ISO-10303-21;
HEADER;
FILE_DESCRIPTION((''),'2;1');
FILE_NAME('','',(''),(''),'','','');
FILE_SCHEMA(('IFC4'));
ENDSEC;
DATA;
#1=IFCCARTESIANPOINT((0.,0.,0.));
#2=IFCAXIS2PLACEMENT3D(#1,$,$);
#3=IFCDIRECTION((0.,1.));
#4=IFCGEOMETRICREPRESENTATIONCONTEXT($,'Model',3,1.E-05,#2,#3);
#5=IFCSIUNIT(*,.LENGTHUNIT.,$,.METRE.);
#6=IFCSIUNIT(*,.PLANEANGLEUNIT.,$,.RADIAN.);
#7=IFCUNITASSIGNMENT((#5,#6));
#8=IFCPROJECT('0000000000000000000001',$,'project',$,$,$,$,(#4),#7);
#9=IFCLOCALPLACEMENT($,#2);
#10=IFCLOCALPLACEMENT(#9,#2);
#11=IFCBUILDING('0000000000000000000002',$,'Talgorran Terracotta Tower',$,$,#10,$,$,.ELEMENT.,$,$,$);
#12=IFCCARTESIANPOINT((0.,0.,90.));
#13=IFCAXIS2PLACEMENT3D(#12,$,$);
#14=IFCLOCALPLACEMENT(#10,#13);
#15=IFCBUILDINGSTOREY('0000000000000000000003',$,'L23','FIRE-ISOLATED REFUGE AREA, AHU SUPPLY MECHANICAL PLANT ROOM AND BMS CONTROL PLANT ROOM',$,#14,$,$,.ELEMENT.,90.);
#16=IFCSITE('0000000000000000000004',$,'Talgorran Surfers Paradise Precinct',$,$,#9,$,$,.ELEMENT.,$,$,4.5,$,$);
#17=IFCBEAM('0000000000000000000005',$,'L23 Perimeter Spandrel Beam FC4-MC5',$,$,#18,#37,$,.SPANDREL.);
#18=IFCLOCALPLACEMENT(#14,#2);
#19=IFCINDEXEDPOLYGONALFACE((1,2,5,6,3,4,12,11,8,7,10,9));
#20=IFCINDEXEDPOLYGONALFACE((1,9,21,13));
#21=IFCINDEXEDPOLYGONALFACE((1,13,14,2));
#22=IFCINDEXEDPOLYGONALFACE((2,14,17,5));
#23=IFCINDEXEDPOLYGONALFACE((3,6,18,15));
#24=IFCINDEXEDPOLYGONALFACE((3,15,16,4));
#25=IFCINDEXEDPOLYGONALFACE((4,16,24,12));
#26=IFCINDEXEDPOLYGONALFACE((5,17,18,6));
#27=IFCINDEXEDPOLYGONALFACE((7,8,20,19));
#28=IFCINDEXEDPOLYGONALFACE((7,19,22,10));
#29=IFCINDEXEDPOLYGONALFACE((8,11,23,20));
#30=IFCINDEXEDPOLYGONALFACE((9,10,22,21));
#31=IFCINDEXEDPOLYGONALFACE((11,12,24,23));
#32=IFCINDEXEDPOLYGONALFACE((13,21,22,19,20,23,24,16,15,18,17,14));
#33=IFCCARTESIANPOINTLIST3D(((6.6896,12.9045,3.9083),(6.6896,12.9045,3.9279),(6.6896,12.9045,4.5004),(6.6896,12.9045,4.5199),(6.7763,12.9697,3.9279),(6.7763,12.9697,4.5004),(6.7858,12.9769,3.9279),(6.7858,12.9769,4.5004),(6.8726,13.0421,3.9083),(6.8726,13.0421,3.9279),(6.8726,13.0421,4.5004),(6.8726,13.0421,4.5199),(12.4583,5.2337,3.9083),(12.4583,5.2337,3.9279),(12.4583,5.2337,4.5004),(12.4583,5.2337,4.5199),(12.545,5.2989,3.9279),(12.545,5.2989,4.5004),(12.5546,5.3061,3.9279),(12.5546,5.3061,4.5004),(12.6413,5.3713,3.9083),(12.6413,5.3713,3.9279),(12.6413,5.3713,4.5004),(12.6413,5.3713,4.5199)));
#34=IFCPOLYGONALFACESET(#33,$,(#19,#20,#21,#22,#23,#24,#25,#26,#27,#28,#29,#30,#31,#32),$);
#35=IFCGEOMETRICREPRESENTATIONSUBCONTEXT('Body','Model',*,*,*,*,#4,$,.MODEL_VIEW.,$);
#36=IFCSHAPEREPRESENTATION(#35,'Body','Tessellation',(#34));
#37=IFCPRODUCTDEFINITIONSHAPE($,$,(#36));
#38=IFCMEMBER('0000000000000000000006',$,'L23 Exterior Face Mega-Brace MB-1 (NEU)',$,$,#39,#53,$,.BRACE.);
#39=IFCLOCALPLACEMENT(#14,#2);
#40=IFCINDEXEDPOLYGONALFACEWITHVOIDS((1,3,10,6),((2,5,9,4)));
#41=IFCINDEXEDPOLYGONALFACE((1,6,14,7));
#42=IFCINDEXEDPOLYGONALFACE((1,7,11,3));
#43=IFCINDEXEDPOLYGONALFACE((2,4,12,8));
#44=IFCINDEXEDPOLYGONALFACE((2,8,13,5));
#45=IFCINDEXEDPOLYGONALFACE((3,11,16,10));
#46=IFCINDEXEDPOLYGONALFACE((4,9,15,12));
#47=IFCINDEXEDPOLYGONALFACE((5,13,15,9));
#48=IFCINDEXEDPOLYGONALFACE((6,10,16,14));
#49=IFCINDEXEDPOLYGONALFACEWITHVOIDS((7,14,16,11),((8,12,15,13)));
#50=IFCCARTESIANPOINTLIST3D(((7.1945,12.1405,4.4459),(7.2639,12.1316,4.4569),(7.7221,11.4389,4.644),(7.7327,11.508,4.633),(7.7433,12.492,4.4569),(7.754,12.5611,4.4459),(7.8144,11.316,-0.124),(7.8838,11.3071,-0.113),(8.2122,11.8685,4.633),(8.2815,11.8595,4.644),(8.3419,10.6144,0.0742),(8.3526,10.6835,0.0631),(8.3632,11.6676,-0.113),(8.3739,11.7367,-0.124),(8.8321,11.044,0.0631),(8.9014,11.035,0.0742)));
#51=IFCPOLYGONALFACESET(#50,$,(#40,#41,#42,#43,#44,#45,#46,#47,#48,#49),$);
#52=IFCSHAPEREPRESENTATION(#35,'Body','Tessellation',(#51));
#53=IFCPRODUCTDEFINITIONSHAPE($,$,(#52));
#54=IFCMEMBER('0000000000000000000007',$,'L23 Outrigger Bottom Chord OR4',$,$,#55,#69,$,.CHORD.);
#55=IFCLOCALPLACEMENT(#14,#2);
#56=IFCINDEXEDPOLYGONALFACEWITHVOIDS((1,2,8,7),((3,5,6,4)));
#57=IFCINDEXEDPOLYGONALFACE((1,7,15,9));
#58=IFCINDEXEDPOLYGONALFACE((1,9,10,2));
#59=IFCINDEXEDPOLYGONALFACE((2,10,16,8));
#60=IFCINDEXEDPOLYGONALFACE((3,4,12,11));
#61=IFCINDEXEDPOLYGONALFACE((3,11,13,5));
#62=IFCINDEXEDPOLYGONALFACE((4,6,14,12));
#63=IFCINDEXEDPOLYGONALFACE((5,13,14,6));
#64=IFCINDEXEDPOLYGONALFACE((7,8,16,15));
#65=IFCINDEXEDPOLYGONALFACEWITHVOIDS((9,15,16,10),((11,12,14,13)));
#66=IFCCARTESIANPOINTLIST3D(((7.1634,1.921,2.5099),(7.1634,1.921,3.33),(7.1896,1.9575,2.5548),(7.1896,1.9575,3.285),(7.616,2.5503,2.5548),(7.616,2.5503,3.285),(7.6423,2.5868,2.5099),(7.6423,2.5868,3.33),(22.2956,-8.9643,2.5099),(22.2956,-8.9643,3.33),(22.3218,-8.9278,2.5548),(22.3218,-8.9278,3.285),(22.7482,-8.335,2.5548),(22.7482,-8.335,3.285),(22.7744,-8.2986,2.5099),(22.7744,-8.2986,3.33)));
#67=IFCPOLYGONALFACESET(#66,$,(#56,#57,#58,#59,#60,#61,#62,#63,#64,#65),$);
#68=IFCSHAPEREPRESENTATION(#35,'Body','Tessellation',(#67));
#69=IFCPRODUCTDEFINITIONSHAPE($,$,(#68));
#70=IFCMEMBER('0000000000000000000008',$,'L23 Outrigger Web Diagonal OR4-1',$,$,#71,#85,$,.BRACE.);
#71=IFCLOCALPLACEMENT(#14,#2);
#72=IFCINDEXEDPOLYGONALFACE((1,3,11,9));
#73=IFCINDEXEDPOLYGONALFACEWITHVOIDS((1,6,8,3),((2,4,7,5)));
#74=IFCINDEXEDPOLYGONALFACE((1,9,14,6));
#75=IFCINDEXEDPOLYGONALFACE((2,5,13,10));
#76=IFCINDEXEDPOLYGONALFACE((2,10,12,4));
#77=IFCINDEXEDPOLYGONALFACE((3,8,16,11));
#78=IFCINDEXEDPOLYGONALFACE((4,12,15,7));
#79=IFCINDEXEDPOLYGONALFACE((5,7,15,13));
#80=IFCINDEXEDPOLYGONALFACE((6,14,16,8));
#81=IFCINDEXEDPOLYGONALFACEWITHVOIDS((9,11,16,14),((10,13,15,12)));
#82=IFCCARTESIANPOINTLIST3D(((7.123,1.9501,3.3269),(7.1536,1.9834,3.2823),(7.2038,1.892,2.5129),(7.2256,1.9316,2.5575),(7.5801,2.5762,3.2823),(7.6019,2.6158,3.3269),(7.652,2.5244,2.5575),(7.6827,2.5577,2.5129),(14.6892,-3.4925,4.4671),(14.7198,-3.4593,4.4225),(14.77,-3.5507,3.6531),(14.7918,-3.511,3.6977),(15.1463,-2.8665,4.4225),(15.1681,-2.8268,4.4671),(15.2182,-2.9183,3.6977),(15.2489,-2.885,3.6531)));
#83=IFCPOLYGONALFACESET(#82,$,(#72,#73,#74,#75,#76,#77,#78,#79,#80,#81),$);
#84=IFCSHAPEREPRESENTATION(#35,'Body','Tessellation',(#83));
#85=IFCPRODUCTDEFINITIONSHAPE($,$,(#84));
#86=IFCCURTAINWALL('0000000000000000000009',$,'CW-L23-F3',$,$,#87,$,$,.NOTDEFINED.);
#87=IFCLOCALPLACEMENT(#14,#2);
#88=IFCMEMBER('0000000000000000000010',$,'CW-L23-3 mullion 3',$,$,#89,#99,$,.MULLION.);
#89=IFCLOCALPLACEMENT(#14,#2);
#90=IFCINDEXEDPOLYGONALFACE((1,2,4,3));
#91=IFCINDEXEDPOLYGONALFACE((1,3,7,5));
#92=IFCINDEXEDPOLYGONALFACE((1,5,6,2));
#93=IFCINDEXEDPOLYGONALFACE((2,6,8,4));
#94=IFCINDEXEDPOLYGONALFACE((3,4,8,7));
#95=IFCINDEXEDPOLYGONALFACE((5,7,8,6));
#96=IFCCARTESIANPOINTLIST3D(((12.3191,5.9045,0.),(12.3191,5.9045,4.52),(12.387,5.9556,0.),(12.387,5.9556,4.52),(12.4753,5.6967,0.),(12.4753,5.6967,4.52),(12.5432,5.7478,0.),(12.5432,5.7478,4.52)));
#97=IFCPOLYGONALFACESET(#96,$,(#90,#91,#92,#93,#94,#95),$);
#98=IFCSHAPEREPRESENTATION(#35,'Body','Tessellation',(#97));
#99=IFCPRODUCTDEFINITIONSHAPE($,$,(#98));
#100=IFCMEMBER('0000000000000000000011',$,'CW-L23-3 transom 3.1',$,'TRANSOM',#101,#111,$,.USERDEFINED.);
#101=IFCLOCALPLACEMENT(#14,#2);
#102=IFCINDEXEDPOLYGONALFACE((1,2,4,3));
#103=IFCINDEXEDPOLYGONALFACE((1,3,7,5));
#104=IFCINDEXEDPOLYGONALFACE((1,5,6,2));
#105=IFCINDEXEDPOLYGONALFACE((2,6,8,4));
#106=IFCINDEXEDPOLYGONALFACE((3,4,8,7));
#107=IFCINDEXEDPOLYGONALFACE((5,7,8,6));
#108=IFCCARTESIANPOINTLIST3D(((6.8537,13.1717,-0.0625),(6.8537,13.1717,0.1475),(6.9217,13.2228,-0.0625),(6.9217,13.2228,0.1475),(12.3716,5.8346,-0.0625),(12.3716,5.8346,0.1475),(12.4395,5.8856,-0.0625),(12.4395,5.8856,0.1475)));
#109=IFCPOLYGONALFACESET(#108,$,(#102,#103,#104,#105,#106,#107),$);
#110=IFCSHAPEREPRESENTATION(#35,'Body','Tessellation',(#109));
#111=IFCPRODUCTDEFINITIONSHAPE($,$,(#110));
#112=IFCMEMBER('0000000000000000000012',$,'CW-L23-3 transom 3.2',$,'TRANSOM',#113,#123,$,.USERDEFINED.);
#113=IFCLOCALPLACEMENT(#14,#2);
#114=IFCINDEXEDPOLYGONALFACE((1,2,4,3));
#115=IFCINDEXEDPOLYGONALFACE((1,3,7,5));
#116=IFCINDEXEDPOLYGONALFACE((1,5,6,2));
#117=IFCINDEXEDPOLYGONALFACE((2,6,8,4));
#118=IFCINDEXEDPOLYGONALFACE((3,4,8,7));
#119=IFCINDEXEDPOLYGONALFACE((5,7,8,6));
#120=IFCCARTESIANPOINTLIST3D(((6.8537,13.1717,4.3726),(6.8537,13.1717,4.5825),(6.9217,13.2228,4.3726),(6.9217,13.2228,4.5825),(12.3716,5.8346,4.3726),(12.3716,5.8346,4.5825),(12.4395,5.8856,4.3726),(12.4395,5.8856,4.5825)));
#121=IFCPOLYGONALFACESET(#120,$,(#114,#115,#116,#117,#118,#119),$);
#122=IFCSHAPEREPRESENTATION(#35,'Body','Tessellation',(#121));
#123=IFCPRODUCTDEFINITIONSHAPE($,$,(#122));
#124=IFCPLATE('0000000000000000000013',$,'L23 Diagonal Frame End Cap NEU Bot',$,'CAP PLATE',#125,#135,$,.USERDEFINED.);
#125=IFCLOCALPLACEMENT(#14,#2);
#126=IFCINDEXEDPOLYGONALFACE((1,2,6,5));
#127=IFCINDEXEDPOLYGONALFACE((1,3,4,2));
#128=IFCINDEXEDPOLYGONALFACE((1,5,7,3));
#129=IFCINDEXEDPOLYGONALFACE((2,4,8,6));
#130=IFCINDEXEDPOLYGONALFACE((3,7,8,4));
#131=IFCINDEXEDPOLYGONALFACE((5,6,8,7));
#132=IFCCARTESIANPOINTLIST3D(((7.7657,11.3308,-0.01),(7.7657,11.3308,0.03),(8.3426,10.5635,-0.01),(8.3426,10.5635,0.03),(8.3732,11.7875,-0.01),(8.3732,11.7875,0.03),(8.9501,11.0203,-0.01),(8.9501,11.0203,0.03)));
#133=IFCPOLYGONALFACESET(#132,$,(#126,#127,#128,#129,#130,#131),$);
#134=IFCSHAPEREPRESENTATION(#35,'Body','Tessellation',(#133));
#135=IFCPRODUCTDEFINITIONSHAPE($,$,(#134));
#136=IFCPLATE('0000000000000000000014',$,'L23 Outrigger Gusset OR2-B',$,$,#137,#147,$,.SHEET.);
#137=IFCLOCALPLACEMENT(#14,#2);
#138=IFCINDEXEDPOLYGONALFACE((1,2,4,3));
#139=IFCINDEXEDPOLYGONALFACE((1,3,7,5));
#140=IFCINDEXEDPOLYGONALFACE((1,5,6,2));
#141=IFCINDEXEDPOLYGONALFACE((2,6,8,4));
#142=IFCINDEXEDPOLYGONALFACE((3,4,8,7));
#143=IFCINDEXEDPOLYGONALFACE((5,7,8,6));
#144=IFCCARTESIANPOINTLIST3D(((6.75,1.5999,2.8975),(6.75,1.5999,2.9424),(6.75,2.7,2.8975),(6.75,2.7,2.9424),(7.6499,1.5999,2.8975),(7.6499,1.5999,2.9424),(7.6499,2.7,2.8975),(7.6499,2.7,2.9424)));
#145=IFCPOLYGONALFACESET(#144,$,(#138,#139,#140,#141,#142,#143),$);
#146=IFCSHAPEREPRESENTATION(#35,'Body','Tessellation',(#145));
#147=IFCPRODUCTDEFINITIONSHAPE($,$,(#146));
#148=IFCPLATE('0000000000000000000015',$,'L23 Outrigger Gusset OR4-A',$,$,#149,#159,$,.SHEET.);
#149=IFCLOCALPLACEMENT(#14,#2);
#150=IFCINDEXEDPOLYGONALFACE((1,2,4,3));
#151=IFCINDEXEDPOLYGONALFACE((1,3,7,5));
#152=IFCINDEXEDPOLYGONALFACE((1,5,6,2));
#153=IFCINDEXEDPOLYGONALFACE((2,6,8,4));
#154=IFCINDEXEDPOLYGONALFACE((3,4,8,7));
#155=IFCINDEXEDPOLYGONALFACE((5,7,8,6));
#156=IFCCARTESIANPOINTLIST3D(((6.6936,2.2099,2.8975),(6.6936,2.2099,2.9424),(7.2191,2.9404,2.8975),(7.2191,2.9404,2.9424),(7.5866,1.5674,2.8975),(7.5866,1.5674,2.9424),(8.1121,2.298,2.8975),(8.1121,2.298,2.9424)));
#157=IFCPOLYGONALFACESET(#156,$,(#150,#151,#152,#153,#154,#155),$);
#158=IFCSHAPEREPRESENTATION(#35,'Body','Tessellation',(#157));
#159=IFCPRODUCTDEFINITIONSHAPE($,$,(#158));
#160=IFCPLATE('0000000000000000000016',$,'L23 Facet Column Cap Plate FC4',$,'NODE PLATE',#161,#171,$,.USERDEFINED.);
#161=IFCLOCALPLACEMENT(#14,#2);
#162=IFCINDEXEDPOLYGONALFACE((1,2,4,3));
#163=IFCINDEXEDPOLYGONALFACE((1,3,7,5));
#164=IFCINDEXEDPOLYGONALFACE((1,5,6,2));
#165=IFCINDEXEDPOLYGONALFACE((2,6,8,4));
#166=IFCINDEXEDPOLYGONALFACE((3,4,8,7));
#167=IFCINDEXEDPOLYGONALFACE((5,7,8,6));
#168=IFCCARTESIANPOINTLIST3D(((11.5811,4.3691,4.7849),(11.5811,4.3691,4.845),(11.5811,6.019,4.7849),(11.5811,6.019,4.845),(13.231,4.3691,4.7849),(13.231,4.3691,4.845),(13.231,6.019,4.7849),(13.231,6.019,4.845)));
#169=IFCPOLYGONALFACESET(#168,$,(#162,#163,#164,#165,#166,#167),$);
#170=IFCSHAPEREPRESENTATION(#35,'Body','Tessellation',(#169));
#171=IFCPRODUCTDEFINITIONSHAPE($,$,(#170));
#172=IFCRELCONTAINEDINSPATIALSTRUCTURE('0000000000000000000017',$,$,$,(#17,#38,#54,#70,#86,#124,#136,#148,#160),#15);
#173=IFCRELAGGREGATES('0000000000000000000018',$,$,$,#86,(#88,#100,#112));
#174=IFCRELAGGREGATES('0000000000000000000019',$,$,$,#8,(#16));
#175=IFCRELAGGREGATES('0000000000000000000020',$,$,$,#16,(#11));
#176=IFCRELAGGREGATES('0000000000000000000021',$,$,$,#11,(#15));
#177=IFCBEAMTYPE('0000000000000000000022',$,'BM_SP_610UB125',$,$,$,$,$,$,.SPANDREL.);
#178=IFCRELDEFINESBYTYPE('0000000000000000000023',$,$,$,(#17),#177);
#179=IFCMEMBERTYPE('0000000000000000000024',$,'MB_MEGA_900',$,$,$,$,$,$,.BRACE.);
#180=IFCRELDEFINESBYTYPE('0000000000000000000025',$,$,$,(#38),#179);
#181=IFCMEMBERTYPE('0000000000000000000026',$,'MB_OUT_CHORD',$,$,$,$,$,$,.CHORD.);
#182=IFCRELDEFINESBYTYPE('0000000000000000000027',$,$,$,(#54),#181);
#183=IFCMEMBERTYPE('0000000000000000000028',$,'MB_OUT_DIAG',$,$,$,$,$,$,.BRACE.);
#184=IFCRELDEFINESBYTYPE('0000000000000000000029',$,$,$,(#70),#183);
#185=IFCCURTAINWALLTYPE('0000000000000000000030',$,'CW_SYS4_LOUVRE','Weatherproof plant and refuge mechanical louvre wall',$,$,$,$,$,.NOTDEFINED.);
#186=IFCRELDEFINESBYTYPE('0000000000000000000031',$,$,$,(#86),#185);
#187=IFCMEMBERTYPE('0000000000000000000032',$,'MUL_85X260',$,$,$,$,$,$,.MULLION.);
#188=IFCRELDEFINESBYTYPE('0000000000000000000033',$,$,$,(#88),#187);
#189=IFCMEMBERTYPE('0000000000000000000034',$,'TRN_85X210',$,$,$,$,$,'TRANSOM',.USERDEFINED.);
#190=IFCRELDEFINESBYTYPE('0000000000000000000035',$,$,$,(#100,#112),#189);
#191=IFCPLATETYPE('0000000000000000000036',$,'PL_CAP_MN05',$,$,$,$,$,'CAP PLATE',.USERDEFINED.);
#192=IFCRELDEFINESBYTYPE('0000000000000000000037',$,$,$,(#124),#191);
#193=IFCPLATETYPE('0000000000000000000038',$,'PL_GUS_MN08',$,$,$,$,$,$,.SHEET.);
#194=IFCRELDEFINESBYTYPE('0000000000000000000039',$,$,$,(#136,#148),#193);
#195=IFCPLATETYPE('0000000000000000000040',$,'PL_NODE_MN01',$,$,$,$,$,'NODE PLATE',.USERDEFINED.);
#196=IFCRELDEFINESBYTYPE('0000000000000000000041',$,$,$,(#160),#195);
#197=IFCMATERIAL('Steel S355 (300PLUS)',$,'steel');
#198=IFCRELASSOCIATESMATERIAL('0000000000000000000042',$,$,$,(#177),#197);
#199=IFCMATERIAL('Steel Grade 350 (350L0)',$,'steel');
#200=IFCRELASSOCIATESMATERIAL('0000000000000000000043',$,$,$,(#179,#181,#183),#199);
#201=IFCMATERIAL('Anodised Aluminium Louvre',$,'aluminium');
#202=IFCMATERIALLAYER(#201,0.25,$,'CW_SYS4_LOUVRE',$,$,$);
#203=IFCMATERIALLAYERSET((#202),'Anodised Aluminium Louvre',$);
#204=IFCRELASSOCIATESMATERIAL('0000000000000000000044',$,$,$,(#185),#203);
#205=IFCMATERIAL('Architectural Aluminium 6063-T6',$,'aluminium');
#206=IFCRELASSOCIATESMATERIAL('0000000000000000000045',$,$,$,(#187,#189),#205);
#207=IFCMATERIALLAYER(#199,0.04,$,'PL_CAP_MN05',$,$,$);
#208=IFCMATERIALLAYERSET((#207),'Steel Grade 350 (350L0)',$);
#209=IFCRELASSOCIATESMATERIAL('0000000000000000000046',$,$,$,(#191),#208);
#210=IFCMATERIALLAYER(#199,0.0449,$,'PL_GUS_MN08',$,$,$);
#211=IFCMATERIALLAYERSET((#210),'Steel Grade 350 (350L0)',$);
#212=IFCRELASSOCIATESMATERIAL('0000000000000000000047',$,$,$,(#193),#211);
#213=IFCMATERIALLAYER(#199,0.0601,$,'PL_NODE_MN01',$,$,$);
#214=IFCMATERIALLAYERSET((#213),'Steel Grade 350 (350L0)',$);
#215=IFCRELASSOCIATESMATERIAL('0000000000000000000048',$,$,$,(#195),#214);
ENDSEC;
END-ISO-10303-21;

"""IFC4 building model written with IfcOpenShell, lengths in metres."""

from ifc_helpers import new_model, si_unit, direction, frame, origin, origin_2d, place, context, subcontext, project, spatial, rectangle, hollow_rectangle, i_section, extrude, material, layer, layer_set, material_profile, profile_set, type_object, element, aggregate, save


model = new_model("IFC4")

# Units and contexts
model_context = context("Model", 3, precision=1e-05, world=origin(), true_north=direction((0.0, 1.0)))
body_context = subcontext(model_context, "Body", "Model", "MODEL_VIEW")
ifc_project = project(units=[si_unit("LENGTHUNIT", "METRE"), si_unit("PLANEANGLEUNIT", "RADIAN")], contexts=[model_context])

# Site, building, storey
site_placement = place(None, origin())
site = spatial("IfcSite", under=ifc_project, at=site_placement, Name="Talgorran Surfers Paradise Precinct", CompositionType="ELEMENT", RefElevation=4.5)
building_placement = place(site_placement, origin())
building = spatial("IfcBuilding", under=site, at=building_placement, Name="Talgorran Terracotta Tower", CompositionType="ELEMENT")
storey_placement = place(building_placement, frame((0.0, 0.0, 90.0)))
storey = spatial("IfcBuildingStorey", under=building, at=storey_placement, Name="L23", Description="FIRE-ISOLATED REFUGE AREA, AHU SUPPLY MECHANICAL PLANT ROOM AND BMS CONTROL PLANT ROOM", CompositionType="ELEMENT", Elevation=90.0)

# Shared definitions
ifc_material_1 = material(Name="Steel S355 (300PLUS)", Category="steel")
ifc_material_2 = material(Name="Steel Grade 350 (350L0)", Category="steel")

# Beam
ifc_material_profile_1 = material_profile(ifc_material_1, i_section(OverallWidth=0.229, OverallDepth=0.6116, WebThickness=0.012, FlangeThickness=0.0195, at=origin_2d()), Name="610UB125")
ifc_profile_set_1 = profile_set([ifc_material_profile_1], Name="Steel S355 (300PLUS)")
beam_type_1 = type_object("IfcBeamType", Name="BM_SP_610UB125", PredefinedType="SPANDREL", material=ifc_profile_set_1)
beam_1_placement = place(storey_placement, frame((12.5498, 5.3025, 4.2141), z_axis=(-0.601041, 0.799218, 0.0), x_axis=(-0.799218, -0.601041, 0.0)))
element("IfcBeam", 1, at=beam_1_placement, inside=storey, type_object=beam_type_1, Name="L23 Perimeter Spandrel Beam FC4-MC5", PredefinedType="SPANDREL", context=body_context, shape_type="SweptSolid", body=[
    extrude(i_section(OverallWidth=0.229, OverallDepth=0.6116, WebThickness=0.012, FlangeThickness=0.0195, at=origin_2d()), origin(), (0.0, 0.0, 1.0), 9.5979),
])

# Members
ifc_material_profile_2 = material_profile(ifc_material_2, hollow_rectangle(XDim=0.7, YDim=0.8999, WallThickness=0.05, at=origin_2d()), Name="WBOX900X700X50")
ifc_profile_set_2 = profile_set([ifc_material_profile_2], Name="Steel Grade 350 (350L0)")
member_type_1 = type_object("IfcMemberType", Name="MB_MEGA_900", PredefinedType="BRACE", material=ifc_profile_set_2)
member_1_placement = place(storey_placement, frame((8.3579, 11.1755, -0.0249), z_axis=(-0.132316, 0.175987, 0.975459), x_axis=(-0.799289, -0.600946, 0.0)))
element("IfcMember", 2, at=member_1_placement, inside=storey, type_object=member_type_1, Name="L23 Exterior Face Mega-Brace MB-1 (NEU)", PredefinedType="BRACE", context=body_context, shape_type="SweptSolid", body=[
    extrude(hollow_rectangle(XDim=0.7, YDim=0.8999, WallThickness=0.05, at=origin_2d()), origin(), (0.0, 0.0, 1.0), 4.6848),
])
ifc_material_profile_3 = material_profile(ifc_material_2, hollow_rectangle(XDim=0.8201, YDim=0.8201, WallThickness=0.0449, at=origin_2d()), Name="WBOX820X820X45")
ifc_profile_set_3 = profile_set([ifc_material_profile_3], Name="Steel Grade 350 (350L0)")
member_type_2 = type_object("IfcMemberType", Name="MB_OUT_CHORD", PredefinedType="CHORD", material=ifc_profile_set_3)
member_2_placement = place(storey_placement, frame((7.4028, 2.2539, 2.9199), z_axis=(0.811785, -0.583957, 0.0), x_axis=(0.583957, 0.811785, 0.0)))
element("IfcMember", 3, at=member_2_placement, inside=storey, type_object=member_type_2, Name="L23 Outrigger Bottom Chord OR4", PredefinedType="CHORD", context=body_context, shape_type="SweptSolid", body=[
    extrude(hollow_rectangle(XDim=0.8201, YDim=0.8201, WallThickness=0.0449, at=origin_2d()), origin(), (0.0, 0.0, 1.0), 18.6406),
])
ifc_material_profile_4 = material_profile(ifc_material_2, hollow_rectangle(XDim=0.8201, YDim=0.8201, WallThickness=0.0449, at=origin_2d()), Name="WBOX820X820X45")
ifc_profile_set_4 = profile_set([ifc_material_profile_4], Name="Steel Grade 350 (350L0)")
member_type_3 = type_object("IfcMemberType", Name="MB_OUT_DIAG", PredefinedType="BRACE", material=ifc_profile_set_4)
member_3_placement = place(storey_placement, frame((7.4028, 2.2539, 2.9199), z_axis=(0.805783, -0.57963, 0.121423), x_axis=(0.583951, 0.811789, 0.0)))
element("IfcMember", 4, at=member_3_placement, inside=storey, type_object=member_type_3, Name="L23 Outrigger Web Diagonal OR4-1", PredefinedType="BRACE", context=body_context, shape_type="SweptSolid", body=[
    extrude(hollow_rectangle(XDim=0.8201, YDim=0.8201, WallThickness=0.0449, at=origin_2d()), origin(), (0.0, 0.0, 1.0), 9.3899),
])

# Curtain wall, members
ifc_material_3 = material(Name="Anodised Aluminium Louvre", Category="aluminium")
ifc_layer_1 = layer(ifc_material_3, 0.25, Name="CW_SYS4_LOUVRE")
ifc_layer_set_1 = layer_set([ifc_layer_1], Name="Anodised Aluminium Louvre")
curtain_wall_type = type_object("IfcCurtainWallType", Name="CW_SYS4_LOUVRE", Description="Weatherproof plant and refuge mechanical louvre wall", PredefinedType="NOTDEFINED", material=ifc_layer_set_1)
curtain_wall_placement = place(storey_placement, origin())
curtain_wall = element("IfcCurtainWall", 5, at=curtain_wall_placement, inside=storey, type_object=curtain_wall_type, Name="CW-L23-F3", PredefinedType="NOTDEFINED")
ifc_material_4 = material(Name="Architectural Aluminium 6063-T6", Category="aluminium")
ifc_material_profile_5 = material_profile(ifc_material_4, rectangle(XDim=0.085, YDim=0.26, at=origin_2d()), Name="CWM85X260")
ifc_profile_set_5 = profile_set([ifc_material_profile_5], Name="Architectural Aluminium 6063-T6")
member_type_4 = type_object("IfcMemberType", Name="MUL_85X260", PredefinedType="MULLION", material=ifc_profile_set_5)
member_4_placement = place(storey_placement, frame((12.4312, 5.8262, 0.0), z_axis=(0.0, 0.0, 1.0), x_axis=(-0.799214, -0.601047, 0.0)))
member_4 = element("IfcMember", 6, at=member_4_placement, type_object=member_type_4, Name="CW-L23-3 mullion 3", PredefinedType="MULLION", context=body_context, shape_type="SweptSolid", body=[
    extrude(rectangle(XDim=0.085, YDim=0.26, at=origin_2d()), origin(), (0.0, 0.0, 1.0), 4.52),
])
ifc_material_profile_6 = material_profile(ifc_material_4, rectangle(XDim=0.085, YDim=0.21, at=origin_2d()), Name="CWT85X210")
ifc_profile_set_6 = profile_set([ifc_material_profile_6], Name="Architectural Aluminium 6063-T6")
member_type_5 = type_object("IfcMemberType", Name="TRN_85X210", ElementType="TRANSOM", PredefinedType="USERDEFINED", material=ifc_profile_set_6)
member_5_placement = place(storey_placement, frame((12.4055, 5.8601, 0.0425), z_axis=(-0.601042, 0.799217, 0.0), x_axis=(-0.799217, -0.601042, 0.0)))
member_5 = element("IfcMember", 7, at=member_5_placement, type_object=member_type_5, Name="CW-L23-3 transom 3.1", ObjectType="TRANSOM", PredefinedType="USERDEFINED", context=body_context, shape_type="SweptSolid", body=[
    extrude(rectangle(XDim=0.085, YDim=0.21, at=origin_2d()), origin(), (0.0, 0.0, 1.0), 9.1804),
])
member_6_placement = place(storey_placement, frame((12.4055, 5.8601, 4.4775), z_axis=(-0.601042, 0.799217, 0.0), x_axis=(-0.799217, -0.601042, 0.0)))
member_6 = element("IfcMember", 8, at=member_6_placement, type_object=member_type_5, Name="CW-L23-3 transom 3.2", ObjectType="TRANSOM", PredefinedType="USERDEFINED", context=body_context, shape_type="SweptSolid", body=[
    extrude(rectangle(XDim=0.085, YDim=0.21, at=origin_2d()), origin(), (0.0, 0.0, 1.0), 9.1804),
])

# Plates
ifc_layer_2 = layer(ifc_material_2, 0.04, Name="PL_CAP_MN05")
ifc_layer_set_2 = layer_set([ifc_layer_2], Name="Steel Grade 350 (350L0)")
plate_type_1 = type_object("IfcPlateType", Name="PL_CAP_MN05", ElementType="CAP PLATE", PredefinedType="USERDEFINED", material=ifc_layer_set_2)
plate_1_placement = place(storey_placement, frame((8.3579, 11.1755, -0.01), z_axis=(0.0, 0.0, 1.0), x_axis=(-0.600978, 0.799265, 0.0)))
element("IfcPlate", 9, at=plate_1_placement, inside=storey, type_object=plate_type_1, Name="L23 Diagonal Frame End Cap NEU Bot", ObjectType="CAP PLATE", PredefinedType="USERDEFINED", context=body_context, shape_type="SweptSolid", body=[
    extrude(rectangle(XDim=0.96, YDim=0.76, at=origin_2d()), origin(), (0.0, 0.0, 1.0), 0.04),
])
ifc_layer_3 = layer(ifc_material_2, 0.0449, Name="PL_GUS_MN08")
ifc_layer_set_3 = layer_set([ifc_layer_3], Name="Steel Grade 350 (350L0)")
plate_type_2 = type_object("IfcPlateType", Name="PL_GUS_MN08", PredefinedType="SHEET", material=ifc_layer_set_3)
for number, where, z_axis, x_axis, name in (
    (10, (7.2, 2.1499, 2.8975), (0.0, 0.0, 1.0), (0.0, 1.0, 0.0), "L23 Outrigger Gusset OR2-B"),
    (11, (7.4028, 2.2539, 2.8975), (0.0, 0.0, 1.0), (0.811778, -0.583966, 0.0), "L23 Outrigger Gusset OR4-A"),
):
    element("IfcPlate", number, at=place(storey_placement, frame(where, z_axis=z_axis, x_axis=x_axis)), inside=storey, type_object=plate_type_2, Name=name, PredefinedType="SHEET", context=body_context, shape_type="SweptSolid", body=[
        extrude(rectangle(XDim=1.1001, YDim=0.8999, at=origin_2d()), origin(), (0.0, 0.0, 1.0), 0.0449),
    ])
ifc_layer_4 = layer(ifc_material_2, 0.0601, Name="PL_NODE_MN01")
ifc_layer_set_4 = layer_set([ifc_layer_4], Name="Steel Grade 350 (350L0)")
plate_type_3 = type_object("IfcPlateType", Name="PL_NODE_MN01", ElementType="NODE PLATE", PredefinedType="USERDEFINED", material=ifc_layer_set_4)
for number, where, z_axis, x_axis, name in (
    (12, (12.406, 5.1941, 4.7849), (0.0, 0.0, 1.0), (1.0, 0.0, 0.0), "L23 Facet Column Cap Plate FC4"),
):
    element("IfcPlate", number, at=place(storey_placement, frame(where, z_axis=z_axis, x_axis=x_axis)), inside=storey, type_object=plate_type_3, Name=name, ObjectType="NODE PLATE", PredefinedType="USERDEFINED", context=body_context, shape_type="SweptSolid", body=[
        extrude(rectangle(XDim=1.6499, YDim=1.6499, at=origin_2d()), origin(), (0.0, 0.0, 1.0), 0.0601),
    ])

aggregate(curtain_wall, [member_4, member_5, member_6])

save(model, "model.ifc")
